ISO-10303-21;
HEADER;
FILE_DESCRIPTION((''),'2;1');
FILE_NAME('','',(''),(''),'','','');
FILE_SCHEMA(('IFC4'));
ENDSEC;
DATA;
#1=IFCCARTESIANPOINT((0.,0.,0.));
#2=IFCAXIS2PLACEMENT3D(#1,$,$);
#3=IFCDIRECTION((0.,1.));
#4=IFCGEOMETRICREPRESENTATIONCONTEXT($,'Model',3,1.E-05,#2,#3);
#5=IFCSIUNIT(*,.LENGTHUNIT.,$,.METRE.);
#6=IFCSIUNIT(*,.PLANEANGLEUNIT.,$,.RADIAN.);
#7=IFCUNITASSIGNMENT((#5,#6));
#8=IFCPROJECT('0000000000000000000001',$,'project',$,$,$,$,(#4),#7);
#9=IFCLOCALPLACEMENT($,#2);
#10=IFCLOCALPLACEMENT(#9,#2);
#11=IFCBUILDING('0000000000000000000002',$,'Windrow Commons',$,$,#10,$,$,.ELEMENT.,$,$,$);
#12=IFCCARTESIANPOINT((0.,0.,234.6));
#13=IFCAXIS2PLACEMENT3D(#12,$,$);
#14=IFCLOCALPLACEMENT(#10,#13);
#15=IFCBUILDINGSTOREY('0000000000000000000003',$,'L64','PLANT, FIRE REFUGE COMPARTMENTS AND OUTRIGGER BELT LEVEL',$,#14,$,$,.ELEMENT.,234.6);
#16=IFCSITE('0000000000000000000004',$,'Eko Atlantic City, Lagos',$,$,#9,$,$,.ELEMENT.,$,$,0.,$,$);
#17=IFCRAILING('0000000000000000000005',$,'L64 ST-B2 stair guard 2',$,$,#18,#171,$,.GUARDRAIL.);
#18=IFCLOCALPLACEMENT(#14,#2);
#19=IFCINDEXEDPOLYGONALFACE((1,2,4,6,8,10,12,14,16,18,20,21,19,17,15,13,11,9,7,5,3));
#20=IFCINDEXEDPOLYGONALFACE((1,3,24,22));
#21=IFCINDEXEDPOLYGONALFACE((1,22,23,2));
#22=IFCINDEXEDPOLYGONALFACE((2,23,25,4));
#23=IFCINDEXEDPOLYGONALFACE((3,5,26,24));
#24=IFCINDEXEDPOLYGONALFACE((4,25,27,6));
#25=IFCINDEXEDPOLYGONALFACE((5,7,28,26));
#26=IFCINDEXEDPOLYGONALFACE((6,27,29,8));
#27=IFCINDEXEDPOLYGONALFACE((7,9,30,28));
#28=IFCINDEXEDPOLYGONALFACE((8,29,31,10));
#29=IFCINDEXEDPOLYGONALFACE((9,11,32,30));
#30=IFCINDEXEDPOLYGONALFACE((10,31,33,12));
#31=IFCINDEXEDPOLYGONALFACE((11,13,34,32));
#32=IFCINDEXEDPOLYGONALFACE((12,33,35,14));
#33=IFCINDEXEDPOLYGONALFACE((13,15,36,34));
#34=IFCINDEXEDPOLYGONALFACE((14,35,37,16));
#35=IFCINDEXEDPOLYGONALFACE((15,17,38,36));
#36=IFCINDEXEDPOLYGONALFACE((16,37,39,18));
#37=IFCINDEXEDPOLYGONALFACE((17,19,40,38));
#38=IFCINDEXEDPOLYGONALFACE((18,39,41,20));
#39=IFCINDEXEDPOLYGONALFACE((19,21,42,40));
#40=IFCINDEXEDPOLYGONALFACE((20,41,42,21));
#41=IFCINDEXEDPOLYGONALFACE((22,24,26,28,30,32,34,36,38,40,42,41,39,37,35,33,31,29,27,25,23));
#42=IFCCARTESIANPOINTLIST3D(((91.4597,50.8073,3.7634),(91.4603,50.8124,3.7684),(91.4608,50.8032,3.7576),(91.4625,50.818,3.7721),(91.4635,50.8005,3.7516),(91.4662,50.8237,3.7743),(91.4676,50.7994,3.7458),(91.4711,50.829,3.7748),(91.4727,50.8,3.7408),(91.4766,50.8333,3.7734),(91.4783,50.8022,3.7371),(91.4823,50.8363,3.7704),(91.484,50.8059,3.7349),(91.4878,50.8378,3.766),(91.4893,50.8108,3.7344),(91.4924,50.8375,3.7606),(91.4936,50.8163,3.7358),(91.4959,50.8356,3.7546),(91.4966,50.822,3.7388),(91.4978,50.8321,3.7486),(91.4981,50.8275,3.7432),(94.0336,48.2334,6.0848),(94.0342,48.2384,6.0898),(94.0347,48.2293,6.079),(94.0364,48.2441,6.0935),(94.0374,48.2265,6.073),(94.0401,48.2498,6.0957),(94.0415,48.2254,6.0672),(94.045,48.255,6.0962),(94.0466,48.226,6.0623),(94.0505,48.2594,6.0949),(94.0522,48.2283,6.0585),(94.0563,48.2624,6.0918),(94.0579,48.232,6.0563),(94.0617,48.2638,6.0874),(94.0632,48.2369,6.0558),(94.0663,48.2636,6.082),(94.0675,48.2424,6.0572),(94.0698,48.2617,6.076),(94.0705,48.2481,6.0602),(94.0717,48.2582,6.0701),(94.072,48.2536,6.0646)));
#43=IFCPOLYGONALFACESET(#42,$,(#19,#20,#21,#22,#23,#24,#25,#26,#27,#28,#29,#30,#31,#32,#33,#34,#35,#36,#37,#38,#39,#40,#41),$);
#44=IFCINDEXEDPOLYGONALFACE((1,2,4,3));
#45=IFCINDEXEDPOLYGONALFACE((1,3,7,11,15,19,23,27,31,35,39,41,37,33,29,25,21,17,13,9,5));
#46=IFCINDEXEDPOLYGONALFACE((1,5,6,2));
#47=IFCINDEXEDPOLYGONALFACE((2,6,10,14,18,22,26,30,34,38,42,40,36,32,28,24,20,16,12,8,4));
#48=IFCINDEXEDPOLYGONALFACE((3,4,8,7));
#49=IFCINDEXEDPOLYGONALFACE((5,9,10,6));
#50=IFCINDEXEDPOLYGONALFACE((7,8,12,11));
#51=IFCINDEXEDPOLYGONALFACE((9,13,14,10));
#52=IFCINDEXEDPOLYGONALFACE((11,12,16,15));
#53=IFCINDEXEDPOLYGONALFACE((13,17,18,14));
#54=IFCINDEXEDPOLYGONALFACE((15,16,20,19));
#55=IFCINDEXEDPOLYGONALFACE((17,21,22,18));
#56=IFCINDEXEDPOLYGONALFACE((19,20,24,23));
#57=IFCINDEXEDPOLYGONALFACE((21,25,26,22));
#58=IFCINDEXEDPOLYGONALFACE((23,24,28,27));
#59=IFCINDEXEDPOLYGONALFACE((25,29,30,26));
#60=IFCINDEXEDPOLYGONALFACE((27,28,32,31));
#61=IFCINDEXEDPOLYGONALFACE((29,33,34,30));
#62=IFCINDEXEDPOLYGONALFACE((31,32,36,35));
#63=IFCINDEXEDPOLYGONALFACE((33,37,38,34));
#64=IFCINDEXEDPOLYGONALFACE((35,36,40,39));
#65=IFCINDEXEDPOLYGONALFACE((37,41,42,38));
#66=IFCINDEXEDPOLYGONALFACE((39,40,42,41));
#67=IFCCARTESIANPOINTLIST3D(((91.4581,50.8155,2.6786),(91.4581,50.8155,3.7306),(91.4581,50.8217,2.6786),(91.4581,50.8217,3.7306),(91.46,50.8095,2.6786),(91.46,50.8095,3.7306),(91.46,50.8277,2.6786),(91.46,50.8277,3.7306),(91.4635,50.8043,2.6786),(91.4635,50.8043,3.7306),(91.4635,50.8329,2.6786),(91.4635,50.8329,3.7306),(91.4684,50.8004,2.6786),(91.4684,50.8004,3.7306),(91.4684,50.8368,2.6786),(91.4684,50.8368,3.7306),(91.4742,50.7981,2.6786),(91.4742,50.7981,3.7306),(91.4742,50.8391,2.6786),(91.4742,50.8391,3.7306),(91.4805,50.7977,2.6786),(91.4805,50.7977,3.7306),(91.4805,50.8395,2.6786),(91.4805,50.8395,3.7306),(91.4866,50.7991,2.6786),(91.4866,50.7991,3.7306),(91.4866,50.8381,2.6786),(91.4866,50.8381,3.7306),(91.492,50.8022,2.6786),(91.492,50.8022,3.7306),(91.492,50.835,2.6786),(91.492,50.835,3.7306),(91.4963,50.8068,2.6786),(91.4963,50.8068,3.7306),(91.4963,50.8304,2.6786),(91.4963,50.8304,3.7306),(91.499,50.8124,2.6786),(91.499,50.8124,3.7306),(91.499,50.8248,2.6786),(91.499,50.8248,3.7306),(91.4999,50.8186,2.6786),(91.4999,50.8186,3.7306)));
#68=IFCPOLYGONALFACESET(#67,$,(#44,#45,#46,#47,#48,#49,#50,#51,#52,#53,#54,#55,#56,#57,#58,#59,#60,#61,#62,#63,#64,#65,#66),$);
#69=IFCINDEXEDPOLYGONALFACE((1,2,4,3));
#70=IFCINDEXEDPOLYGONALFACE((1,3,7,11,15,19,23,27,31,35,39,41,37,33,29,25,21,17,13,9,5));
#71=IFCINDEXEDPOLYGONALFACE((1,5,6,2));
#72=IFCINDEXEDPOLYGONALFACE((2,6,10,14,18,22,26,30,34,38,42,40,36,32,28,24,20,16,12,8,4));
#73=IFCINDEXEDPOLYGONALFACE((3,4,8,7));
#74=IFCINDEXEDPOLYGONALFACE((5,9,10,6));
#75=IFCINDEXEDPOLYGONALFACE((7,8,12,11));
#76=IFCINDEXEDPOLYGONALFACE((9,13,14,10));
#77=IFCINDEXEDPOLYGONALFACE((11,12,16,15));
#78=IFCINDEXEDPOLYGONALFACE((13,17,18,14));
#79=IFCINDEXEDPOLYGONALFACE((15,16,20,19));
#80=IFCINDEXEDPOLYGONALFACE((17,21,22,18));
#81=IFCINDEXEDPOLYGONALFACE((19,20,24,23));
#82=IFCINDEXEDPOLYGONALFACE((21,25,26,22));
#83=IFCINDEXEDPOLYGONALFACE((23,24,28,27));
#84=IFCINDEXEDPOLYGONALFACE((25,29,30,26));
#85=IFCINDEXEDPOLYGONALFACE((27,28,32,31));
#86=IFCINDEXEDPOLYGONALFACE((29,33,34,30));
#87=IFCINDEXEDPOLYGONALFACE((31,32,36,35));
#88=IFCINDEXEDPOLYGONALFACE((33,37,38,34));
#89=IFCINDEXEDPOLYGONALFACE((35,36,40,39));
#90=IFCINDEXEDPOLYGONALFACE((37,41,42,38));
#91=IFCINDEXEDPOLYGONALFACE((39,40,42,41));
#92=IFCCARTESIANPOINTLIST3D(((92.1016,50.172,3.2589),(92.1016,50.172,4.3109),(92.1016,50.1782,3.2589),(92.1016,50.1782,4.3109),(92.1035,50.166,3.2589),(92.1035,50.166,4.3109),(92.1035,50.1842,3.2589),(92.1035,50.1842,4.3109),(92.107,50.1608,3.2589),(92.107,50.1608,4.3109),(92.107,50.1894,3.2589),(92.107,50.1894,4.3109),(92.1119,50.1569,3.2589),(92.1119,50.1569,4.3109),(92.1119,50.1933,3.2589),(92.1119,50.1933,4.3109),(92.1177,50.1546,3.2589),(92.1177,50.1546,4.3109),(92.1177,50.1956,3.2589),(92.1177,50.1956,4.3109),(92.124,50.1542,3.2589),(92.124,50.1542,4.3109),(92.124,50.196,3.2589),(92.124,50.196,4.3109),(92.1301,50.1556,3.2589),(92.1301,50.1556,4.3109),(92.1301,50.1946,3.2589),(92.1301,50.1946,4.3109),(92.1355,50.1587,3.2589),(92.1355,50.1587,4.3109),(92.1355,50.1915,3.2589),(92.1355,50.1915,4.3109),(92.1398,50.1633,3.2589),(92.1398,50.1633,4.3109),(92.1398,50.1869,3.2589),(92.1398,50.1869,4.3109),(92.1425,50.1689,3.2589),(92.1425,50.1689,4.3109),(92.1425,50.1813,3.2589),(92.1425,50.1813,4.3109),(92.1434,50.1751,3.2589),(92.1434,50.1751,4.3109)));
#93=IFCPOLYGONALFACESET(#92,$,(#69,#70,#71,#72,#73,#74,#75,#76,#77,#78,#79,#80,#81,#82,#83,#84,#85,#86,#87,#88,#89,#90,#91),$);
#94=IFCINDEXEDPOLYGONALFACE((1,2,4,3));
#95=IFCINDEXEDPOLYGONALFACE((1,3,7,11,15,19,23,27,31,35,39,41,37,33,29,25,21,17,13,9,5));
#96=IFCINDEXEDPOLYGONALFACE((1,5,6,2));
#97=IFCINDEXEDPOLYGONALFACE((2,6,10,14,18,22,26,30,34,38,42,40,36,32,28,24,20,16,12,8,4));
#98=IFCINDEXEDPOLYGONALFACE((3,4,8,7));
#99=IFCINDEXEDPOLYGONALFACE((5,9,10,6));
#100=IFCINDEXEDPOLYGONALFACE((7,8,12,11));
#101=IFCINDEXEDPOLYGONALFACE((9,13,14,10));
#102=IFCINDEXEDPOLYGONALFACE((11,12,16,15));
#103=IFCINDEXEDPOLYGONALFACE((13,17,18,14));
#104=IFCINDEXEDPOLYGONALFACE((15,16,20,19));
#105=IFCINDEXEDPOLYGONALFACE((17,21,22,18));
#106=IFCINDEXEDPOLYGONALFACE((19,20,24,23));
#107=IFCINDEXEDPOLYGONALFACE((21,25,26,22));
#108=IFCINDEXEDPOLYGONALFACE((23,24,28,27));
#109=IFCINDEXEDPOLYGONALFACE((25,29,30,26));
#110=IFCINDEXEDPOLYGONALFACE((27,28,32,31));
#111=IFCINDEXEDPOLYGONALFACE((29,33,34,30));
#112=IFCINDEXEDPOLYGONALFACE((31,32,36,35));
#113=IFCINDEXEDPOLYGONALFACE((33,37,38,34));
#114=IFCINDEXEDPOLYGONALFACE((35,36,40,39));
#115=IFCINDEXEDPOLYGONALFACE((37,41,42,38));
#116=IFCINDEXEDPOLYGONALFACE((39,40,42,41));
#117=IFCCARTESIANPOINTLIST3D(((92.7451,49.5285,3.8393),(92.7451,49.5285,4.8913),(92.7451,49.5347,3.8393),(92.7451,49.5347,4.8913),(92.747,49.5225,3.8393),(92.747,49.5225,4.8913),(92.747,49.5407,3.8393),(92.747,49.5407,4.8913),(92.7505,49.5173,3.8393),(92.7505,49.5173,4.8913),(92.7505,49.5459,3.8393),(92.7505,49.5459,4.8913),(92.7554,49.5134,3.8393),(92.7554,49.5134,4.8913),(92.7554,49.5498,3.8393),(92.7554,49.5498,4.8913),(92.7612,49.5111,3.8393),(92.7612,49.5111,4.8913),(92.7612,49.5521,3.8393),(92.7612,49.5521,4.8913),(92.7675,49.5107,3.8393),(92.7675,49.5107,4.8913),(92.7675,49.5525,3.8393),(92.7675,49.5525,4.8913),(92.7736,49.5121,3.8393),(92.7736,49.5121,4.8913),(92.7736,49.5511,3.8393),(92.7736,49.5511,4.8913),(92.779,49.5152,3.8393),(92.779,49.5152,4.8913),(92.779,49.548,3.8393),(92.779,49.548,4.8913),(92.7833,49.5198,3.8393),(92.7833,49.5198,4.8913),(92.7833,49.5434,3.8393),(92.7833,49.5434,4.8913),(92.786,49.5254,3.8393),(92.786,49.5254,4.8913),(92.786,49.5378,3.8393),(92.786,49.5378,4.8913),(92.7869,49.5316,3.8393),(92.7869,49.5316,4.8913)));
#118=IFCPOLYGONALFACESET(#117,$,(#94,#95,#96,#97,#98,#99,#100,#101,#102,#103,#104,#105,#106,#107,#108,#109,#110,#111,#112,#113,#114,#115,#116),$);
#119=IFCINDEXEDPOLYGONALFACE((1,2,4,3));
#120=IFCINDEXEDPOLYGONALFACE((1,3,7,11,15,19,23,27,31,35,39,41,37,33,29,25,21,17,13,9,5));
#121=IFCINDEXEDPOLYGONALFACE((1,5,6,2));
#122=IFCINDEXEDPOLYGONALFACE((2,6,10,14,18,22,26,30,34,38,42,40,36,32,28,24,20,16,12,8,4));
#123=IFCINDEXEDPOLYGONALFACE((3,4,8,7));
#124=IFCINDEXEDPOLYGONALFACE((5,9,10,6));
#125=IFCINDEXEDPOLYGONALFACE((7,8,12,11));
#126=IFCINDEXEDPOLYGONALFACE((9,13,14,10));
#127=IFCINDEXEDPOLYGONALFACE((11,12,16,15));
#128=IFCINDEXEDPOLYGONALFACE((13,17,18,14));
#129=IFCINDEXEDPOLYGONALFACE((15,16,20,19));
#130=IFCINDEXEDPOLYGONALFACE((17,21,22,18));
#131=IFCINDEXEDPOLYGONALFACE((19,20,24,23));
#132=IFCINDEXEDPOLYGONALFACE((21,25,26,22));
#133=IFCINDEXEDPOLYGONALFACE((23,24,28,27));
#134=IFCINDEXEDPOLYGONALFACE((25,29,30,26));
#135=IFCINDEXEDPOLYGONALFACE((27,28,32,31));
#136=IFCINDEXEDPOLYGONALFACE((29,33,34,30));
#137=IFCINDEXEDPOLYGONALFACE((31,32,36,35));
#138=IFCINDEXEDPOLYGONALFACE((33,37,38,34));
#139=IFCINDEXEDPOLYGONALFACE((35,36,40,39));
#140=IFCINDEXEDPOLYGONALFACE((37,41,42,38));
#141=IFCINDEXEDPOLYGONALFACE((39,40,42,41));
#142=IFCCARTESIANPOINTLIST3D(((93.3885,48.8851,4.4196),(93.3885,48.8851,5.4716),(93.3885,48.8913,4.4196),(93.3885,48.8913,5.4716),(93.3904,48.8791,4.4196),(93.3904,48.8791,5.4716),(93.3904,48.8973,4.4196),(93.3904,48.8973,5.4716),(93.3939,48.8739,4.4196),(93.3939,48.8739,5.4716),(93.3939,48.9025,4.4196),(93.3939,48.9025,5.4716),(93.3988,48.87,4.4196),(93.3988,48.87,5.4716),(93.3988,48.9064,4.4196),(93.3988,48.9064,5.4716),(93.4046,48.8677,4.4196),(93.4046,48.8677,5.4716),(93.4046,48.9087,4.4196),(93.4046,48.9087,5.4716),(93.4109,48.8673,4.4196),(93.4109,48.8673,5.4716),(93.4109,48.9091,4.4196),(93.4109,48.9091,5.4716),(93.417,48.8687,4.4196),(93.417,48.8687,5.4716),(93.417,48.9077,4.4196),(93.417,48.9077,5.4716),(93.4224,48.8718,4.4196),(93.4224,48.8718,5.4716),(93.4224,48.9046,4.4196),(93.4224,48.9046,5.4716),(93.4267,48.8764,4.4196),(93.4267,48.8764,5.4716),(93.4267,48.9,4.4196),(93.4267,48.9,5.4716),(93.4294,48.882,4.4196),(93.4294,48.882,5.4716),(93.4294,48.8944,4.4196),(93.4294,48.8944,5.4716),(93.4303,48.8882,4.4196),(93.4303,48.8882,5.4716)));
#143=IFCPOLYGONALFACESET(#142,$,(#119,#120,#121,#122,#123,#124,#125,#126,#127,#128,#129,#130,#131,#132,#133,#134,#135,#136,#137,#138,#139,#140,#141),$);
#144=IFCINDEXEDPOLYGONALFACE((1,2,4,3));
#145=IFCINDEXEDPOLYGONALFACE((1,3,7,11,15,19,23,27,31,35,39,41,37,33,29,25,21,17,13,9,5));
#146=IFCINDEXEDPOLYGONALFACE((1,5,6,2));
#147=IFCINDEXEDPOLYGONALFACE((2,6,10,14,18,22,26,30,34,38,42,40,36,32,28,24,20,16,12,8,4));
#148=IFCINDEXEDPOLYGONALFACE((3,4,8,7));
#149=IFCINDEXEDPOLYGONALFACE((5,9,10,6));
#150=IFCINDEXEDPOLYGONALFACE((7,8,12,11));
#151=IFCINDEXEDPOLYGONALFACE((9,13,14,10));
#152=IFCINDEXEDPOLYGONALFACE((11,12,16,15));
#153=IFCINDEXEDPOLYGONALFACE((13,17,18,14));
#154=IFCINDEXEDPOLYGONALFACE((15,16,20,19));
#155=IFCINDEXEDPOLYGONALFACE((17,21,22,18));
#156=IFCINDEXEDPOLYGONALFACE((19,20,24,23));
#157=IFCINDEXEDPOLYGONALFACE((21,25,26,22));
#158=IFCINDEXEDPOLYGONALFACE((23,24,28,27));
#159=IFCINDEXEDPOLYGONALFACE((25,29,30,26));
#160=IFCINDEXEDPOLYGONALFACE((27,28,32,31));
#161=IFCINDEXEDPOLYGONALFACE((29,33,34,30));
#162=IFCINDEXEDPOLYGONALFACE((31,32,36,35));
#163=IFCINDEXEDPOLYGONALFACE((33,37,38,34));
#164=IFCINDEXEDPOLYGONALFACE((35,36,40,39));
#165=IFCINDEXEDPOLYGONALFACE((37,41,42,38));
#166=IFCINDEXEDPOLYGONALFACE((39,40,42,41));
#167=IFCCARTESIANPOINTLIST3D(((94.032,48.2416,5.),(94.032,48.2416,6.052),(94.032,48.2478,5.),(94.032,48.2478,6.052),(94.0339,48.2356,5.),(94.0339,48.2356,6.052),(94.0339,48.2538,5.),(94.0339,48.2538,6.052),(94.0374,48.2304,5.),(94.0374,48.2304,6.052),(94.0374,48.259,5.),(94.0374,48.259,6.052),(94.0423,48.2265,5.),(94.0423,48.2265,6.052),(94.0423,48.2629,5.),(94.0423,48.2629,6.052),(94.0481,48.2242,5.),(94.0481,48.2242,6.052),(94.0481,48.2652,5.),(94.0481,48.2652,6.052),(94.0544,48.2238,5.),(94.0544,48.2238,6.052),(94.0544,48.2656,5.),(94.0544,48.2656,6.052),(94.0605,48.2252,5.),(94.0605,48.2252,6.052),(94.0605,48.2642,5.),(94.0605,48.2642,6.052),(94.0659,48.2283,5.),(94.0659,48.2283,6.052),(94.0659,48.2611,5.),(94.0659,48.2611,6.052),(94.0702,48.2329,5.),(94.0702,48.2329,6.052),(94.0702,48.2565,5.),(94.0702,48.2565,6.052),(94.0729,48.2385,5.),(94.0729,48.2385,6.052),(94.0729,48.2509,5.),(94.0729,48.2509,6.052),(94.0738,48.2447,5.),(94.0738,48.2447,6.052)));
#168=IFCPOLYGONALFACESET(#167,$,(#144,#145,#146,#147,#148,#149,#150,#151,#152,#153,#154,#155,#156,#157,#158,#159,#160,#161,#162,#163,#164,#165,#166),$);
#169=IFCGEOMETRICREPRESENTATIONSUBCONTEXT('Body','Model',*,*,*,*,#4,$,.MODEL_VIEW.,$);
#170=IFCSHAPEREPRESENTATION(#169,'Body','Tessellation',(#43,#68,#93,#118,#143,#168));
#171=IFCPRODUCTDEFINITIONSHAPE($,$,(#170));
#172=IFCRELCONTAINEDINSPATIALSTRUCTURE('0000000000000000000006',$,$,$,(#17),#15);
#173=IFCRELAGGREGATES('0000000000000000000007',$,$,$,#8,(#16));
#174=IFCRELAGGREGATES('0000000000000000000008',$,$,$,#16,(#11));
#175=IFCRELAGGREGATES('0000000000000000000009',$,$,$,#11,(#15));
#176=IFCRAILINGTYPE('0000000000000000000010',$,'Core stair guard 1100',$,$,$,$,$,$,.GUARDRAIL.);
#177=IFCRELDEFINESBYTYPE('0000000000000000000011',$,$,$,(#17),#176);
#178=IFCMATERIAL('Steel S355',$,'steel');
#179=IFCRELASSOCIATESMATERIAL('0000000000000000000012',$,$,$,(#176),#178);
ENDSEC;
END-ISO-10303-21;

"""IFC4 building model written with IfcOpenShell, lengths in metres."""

from ifc_helpers import new_model, si_unit, direction, frame, origin, origin_2d, place, context, subcontext, project, spatial, circle, extrude, material, type_object, element, save


model = new_model("IFC4")

# Units and contexts
model_context = context("Model", 3, precision=1e-05, world=origin(), true_north=direction((0.0, 1.0)))
body_context = subcontext(model_context, "Body", "Model", "MODEL_VIEW")
ifc_project = project(units=[si_unit("LENGTHUNIT", "METRE"), si_unit("PLANEANGLEUNIT", "RADIAN")], contexts=[model_context])

# Site, building, storey
site_placement = place(None, origin())
site = spatial("IfcSite", under=ifc_project, at=site_placement, Name="Eko Atlantic City, Lagos", CompositionType="ELEMENT", RefElevation=0.0)
building_placement = place(site_placement, origin())
building = spatial("IfcBuilding", under=site, at=building_placement, Name="Windrow Commons", CompositionType="ELEMENT")
storey_placement = place(building_placement, frame((0.0, 0.0, 234.6)))
storey = spatial("IfcBuildingStorey", under=building, at=storey_placement, Name="L64", Description="PLANT, FIRE REFUGE COMPARTMENTS AND OUTRIGGER BELT LEVEL", CompositionType="ELEMENT", Elevation=234.6)

# Railing
ifc_material_1 = material(Name="Steel S355", Category="steel")
railing_type_1 = type_object("IfcRailingType", Name="Core stair guard 1100", PredefinedType="GUARDRAIL", material=ifc_material_1)
railing_1_placement = place(storey_placement, frame((91.4789, 50.8186, 2.6786)))
element("IfcRailing", 1, at=railing_1_placement, inside=storey, type_object=railing_type_1, Name="L64 ST-B2 stair guard 2", PredefinedType="GUARDRAIL", context=body_context, shape_type="SweptSolid", body=[
    extrude(circle(Radius=0.024, at=origin_2d()), frame((0.0, 0.0, 1.076), z_axis=(0.596187, -0.596187, 0.537701), x_axis=(0.707107, 0.707107, 0.0)), (0.0, 0.0, 1.0), 4.3173),
    extrude(circle(Radius=0.021, at=origin_2d()), origin(), (0.0, 0.0, 1.0), 1.052),
    extrude(circle(Radius=0.021, at=origin_2d()), frame((0.6435, -0.6435, 0.5803)), (0.0, 0.0, 1.0), 1.052),
    extrude(circle(Radius=0.021, at=origin_2d()), frame((1.287, -1.287, 1.1607)), (0.0, 0.0, 1.0), 1.052),
    extrude(circle(Radius=0.021, at=origin_2d()), frame((1.9304, -1.9304, 1.741)), (0.0, 0.0, 1.0), 1.052),
    extrude(circle(Radius=0.021, at=origin_2d()), frame((2.5739, -2.5739, 2.3214)), (0.0, 0.0, 1.0), 1.052),
])

save(model, "model.ifc")
